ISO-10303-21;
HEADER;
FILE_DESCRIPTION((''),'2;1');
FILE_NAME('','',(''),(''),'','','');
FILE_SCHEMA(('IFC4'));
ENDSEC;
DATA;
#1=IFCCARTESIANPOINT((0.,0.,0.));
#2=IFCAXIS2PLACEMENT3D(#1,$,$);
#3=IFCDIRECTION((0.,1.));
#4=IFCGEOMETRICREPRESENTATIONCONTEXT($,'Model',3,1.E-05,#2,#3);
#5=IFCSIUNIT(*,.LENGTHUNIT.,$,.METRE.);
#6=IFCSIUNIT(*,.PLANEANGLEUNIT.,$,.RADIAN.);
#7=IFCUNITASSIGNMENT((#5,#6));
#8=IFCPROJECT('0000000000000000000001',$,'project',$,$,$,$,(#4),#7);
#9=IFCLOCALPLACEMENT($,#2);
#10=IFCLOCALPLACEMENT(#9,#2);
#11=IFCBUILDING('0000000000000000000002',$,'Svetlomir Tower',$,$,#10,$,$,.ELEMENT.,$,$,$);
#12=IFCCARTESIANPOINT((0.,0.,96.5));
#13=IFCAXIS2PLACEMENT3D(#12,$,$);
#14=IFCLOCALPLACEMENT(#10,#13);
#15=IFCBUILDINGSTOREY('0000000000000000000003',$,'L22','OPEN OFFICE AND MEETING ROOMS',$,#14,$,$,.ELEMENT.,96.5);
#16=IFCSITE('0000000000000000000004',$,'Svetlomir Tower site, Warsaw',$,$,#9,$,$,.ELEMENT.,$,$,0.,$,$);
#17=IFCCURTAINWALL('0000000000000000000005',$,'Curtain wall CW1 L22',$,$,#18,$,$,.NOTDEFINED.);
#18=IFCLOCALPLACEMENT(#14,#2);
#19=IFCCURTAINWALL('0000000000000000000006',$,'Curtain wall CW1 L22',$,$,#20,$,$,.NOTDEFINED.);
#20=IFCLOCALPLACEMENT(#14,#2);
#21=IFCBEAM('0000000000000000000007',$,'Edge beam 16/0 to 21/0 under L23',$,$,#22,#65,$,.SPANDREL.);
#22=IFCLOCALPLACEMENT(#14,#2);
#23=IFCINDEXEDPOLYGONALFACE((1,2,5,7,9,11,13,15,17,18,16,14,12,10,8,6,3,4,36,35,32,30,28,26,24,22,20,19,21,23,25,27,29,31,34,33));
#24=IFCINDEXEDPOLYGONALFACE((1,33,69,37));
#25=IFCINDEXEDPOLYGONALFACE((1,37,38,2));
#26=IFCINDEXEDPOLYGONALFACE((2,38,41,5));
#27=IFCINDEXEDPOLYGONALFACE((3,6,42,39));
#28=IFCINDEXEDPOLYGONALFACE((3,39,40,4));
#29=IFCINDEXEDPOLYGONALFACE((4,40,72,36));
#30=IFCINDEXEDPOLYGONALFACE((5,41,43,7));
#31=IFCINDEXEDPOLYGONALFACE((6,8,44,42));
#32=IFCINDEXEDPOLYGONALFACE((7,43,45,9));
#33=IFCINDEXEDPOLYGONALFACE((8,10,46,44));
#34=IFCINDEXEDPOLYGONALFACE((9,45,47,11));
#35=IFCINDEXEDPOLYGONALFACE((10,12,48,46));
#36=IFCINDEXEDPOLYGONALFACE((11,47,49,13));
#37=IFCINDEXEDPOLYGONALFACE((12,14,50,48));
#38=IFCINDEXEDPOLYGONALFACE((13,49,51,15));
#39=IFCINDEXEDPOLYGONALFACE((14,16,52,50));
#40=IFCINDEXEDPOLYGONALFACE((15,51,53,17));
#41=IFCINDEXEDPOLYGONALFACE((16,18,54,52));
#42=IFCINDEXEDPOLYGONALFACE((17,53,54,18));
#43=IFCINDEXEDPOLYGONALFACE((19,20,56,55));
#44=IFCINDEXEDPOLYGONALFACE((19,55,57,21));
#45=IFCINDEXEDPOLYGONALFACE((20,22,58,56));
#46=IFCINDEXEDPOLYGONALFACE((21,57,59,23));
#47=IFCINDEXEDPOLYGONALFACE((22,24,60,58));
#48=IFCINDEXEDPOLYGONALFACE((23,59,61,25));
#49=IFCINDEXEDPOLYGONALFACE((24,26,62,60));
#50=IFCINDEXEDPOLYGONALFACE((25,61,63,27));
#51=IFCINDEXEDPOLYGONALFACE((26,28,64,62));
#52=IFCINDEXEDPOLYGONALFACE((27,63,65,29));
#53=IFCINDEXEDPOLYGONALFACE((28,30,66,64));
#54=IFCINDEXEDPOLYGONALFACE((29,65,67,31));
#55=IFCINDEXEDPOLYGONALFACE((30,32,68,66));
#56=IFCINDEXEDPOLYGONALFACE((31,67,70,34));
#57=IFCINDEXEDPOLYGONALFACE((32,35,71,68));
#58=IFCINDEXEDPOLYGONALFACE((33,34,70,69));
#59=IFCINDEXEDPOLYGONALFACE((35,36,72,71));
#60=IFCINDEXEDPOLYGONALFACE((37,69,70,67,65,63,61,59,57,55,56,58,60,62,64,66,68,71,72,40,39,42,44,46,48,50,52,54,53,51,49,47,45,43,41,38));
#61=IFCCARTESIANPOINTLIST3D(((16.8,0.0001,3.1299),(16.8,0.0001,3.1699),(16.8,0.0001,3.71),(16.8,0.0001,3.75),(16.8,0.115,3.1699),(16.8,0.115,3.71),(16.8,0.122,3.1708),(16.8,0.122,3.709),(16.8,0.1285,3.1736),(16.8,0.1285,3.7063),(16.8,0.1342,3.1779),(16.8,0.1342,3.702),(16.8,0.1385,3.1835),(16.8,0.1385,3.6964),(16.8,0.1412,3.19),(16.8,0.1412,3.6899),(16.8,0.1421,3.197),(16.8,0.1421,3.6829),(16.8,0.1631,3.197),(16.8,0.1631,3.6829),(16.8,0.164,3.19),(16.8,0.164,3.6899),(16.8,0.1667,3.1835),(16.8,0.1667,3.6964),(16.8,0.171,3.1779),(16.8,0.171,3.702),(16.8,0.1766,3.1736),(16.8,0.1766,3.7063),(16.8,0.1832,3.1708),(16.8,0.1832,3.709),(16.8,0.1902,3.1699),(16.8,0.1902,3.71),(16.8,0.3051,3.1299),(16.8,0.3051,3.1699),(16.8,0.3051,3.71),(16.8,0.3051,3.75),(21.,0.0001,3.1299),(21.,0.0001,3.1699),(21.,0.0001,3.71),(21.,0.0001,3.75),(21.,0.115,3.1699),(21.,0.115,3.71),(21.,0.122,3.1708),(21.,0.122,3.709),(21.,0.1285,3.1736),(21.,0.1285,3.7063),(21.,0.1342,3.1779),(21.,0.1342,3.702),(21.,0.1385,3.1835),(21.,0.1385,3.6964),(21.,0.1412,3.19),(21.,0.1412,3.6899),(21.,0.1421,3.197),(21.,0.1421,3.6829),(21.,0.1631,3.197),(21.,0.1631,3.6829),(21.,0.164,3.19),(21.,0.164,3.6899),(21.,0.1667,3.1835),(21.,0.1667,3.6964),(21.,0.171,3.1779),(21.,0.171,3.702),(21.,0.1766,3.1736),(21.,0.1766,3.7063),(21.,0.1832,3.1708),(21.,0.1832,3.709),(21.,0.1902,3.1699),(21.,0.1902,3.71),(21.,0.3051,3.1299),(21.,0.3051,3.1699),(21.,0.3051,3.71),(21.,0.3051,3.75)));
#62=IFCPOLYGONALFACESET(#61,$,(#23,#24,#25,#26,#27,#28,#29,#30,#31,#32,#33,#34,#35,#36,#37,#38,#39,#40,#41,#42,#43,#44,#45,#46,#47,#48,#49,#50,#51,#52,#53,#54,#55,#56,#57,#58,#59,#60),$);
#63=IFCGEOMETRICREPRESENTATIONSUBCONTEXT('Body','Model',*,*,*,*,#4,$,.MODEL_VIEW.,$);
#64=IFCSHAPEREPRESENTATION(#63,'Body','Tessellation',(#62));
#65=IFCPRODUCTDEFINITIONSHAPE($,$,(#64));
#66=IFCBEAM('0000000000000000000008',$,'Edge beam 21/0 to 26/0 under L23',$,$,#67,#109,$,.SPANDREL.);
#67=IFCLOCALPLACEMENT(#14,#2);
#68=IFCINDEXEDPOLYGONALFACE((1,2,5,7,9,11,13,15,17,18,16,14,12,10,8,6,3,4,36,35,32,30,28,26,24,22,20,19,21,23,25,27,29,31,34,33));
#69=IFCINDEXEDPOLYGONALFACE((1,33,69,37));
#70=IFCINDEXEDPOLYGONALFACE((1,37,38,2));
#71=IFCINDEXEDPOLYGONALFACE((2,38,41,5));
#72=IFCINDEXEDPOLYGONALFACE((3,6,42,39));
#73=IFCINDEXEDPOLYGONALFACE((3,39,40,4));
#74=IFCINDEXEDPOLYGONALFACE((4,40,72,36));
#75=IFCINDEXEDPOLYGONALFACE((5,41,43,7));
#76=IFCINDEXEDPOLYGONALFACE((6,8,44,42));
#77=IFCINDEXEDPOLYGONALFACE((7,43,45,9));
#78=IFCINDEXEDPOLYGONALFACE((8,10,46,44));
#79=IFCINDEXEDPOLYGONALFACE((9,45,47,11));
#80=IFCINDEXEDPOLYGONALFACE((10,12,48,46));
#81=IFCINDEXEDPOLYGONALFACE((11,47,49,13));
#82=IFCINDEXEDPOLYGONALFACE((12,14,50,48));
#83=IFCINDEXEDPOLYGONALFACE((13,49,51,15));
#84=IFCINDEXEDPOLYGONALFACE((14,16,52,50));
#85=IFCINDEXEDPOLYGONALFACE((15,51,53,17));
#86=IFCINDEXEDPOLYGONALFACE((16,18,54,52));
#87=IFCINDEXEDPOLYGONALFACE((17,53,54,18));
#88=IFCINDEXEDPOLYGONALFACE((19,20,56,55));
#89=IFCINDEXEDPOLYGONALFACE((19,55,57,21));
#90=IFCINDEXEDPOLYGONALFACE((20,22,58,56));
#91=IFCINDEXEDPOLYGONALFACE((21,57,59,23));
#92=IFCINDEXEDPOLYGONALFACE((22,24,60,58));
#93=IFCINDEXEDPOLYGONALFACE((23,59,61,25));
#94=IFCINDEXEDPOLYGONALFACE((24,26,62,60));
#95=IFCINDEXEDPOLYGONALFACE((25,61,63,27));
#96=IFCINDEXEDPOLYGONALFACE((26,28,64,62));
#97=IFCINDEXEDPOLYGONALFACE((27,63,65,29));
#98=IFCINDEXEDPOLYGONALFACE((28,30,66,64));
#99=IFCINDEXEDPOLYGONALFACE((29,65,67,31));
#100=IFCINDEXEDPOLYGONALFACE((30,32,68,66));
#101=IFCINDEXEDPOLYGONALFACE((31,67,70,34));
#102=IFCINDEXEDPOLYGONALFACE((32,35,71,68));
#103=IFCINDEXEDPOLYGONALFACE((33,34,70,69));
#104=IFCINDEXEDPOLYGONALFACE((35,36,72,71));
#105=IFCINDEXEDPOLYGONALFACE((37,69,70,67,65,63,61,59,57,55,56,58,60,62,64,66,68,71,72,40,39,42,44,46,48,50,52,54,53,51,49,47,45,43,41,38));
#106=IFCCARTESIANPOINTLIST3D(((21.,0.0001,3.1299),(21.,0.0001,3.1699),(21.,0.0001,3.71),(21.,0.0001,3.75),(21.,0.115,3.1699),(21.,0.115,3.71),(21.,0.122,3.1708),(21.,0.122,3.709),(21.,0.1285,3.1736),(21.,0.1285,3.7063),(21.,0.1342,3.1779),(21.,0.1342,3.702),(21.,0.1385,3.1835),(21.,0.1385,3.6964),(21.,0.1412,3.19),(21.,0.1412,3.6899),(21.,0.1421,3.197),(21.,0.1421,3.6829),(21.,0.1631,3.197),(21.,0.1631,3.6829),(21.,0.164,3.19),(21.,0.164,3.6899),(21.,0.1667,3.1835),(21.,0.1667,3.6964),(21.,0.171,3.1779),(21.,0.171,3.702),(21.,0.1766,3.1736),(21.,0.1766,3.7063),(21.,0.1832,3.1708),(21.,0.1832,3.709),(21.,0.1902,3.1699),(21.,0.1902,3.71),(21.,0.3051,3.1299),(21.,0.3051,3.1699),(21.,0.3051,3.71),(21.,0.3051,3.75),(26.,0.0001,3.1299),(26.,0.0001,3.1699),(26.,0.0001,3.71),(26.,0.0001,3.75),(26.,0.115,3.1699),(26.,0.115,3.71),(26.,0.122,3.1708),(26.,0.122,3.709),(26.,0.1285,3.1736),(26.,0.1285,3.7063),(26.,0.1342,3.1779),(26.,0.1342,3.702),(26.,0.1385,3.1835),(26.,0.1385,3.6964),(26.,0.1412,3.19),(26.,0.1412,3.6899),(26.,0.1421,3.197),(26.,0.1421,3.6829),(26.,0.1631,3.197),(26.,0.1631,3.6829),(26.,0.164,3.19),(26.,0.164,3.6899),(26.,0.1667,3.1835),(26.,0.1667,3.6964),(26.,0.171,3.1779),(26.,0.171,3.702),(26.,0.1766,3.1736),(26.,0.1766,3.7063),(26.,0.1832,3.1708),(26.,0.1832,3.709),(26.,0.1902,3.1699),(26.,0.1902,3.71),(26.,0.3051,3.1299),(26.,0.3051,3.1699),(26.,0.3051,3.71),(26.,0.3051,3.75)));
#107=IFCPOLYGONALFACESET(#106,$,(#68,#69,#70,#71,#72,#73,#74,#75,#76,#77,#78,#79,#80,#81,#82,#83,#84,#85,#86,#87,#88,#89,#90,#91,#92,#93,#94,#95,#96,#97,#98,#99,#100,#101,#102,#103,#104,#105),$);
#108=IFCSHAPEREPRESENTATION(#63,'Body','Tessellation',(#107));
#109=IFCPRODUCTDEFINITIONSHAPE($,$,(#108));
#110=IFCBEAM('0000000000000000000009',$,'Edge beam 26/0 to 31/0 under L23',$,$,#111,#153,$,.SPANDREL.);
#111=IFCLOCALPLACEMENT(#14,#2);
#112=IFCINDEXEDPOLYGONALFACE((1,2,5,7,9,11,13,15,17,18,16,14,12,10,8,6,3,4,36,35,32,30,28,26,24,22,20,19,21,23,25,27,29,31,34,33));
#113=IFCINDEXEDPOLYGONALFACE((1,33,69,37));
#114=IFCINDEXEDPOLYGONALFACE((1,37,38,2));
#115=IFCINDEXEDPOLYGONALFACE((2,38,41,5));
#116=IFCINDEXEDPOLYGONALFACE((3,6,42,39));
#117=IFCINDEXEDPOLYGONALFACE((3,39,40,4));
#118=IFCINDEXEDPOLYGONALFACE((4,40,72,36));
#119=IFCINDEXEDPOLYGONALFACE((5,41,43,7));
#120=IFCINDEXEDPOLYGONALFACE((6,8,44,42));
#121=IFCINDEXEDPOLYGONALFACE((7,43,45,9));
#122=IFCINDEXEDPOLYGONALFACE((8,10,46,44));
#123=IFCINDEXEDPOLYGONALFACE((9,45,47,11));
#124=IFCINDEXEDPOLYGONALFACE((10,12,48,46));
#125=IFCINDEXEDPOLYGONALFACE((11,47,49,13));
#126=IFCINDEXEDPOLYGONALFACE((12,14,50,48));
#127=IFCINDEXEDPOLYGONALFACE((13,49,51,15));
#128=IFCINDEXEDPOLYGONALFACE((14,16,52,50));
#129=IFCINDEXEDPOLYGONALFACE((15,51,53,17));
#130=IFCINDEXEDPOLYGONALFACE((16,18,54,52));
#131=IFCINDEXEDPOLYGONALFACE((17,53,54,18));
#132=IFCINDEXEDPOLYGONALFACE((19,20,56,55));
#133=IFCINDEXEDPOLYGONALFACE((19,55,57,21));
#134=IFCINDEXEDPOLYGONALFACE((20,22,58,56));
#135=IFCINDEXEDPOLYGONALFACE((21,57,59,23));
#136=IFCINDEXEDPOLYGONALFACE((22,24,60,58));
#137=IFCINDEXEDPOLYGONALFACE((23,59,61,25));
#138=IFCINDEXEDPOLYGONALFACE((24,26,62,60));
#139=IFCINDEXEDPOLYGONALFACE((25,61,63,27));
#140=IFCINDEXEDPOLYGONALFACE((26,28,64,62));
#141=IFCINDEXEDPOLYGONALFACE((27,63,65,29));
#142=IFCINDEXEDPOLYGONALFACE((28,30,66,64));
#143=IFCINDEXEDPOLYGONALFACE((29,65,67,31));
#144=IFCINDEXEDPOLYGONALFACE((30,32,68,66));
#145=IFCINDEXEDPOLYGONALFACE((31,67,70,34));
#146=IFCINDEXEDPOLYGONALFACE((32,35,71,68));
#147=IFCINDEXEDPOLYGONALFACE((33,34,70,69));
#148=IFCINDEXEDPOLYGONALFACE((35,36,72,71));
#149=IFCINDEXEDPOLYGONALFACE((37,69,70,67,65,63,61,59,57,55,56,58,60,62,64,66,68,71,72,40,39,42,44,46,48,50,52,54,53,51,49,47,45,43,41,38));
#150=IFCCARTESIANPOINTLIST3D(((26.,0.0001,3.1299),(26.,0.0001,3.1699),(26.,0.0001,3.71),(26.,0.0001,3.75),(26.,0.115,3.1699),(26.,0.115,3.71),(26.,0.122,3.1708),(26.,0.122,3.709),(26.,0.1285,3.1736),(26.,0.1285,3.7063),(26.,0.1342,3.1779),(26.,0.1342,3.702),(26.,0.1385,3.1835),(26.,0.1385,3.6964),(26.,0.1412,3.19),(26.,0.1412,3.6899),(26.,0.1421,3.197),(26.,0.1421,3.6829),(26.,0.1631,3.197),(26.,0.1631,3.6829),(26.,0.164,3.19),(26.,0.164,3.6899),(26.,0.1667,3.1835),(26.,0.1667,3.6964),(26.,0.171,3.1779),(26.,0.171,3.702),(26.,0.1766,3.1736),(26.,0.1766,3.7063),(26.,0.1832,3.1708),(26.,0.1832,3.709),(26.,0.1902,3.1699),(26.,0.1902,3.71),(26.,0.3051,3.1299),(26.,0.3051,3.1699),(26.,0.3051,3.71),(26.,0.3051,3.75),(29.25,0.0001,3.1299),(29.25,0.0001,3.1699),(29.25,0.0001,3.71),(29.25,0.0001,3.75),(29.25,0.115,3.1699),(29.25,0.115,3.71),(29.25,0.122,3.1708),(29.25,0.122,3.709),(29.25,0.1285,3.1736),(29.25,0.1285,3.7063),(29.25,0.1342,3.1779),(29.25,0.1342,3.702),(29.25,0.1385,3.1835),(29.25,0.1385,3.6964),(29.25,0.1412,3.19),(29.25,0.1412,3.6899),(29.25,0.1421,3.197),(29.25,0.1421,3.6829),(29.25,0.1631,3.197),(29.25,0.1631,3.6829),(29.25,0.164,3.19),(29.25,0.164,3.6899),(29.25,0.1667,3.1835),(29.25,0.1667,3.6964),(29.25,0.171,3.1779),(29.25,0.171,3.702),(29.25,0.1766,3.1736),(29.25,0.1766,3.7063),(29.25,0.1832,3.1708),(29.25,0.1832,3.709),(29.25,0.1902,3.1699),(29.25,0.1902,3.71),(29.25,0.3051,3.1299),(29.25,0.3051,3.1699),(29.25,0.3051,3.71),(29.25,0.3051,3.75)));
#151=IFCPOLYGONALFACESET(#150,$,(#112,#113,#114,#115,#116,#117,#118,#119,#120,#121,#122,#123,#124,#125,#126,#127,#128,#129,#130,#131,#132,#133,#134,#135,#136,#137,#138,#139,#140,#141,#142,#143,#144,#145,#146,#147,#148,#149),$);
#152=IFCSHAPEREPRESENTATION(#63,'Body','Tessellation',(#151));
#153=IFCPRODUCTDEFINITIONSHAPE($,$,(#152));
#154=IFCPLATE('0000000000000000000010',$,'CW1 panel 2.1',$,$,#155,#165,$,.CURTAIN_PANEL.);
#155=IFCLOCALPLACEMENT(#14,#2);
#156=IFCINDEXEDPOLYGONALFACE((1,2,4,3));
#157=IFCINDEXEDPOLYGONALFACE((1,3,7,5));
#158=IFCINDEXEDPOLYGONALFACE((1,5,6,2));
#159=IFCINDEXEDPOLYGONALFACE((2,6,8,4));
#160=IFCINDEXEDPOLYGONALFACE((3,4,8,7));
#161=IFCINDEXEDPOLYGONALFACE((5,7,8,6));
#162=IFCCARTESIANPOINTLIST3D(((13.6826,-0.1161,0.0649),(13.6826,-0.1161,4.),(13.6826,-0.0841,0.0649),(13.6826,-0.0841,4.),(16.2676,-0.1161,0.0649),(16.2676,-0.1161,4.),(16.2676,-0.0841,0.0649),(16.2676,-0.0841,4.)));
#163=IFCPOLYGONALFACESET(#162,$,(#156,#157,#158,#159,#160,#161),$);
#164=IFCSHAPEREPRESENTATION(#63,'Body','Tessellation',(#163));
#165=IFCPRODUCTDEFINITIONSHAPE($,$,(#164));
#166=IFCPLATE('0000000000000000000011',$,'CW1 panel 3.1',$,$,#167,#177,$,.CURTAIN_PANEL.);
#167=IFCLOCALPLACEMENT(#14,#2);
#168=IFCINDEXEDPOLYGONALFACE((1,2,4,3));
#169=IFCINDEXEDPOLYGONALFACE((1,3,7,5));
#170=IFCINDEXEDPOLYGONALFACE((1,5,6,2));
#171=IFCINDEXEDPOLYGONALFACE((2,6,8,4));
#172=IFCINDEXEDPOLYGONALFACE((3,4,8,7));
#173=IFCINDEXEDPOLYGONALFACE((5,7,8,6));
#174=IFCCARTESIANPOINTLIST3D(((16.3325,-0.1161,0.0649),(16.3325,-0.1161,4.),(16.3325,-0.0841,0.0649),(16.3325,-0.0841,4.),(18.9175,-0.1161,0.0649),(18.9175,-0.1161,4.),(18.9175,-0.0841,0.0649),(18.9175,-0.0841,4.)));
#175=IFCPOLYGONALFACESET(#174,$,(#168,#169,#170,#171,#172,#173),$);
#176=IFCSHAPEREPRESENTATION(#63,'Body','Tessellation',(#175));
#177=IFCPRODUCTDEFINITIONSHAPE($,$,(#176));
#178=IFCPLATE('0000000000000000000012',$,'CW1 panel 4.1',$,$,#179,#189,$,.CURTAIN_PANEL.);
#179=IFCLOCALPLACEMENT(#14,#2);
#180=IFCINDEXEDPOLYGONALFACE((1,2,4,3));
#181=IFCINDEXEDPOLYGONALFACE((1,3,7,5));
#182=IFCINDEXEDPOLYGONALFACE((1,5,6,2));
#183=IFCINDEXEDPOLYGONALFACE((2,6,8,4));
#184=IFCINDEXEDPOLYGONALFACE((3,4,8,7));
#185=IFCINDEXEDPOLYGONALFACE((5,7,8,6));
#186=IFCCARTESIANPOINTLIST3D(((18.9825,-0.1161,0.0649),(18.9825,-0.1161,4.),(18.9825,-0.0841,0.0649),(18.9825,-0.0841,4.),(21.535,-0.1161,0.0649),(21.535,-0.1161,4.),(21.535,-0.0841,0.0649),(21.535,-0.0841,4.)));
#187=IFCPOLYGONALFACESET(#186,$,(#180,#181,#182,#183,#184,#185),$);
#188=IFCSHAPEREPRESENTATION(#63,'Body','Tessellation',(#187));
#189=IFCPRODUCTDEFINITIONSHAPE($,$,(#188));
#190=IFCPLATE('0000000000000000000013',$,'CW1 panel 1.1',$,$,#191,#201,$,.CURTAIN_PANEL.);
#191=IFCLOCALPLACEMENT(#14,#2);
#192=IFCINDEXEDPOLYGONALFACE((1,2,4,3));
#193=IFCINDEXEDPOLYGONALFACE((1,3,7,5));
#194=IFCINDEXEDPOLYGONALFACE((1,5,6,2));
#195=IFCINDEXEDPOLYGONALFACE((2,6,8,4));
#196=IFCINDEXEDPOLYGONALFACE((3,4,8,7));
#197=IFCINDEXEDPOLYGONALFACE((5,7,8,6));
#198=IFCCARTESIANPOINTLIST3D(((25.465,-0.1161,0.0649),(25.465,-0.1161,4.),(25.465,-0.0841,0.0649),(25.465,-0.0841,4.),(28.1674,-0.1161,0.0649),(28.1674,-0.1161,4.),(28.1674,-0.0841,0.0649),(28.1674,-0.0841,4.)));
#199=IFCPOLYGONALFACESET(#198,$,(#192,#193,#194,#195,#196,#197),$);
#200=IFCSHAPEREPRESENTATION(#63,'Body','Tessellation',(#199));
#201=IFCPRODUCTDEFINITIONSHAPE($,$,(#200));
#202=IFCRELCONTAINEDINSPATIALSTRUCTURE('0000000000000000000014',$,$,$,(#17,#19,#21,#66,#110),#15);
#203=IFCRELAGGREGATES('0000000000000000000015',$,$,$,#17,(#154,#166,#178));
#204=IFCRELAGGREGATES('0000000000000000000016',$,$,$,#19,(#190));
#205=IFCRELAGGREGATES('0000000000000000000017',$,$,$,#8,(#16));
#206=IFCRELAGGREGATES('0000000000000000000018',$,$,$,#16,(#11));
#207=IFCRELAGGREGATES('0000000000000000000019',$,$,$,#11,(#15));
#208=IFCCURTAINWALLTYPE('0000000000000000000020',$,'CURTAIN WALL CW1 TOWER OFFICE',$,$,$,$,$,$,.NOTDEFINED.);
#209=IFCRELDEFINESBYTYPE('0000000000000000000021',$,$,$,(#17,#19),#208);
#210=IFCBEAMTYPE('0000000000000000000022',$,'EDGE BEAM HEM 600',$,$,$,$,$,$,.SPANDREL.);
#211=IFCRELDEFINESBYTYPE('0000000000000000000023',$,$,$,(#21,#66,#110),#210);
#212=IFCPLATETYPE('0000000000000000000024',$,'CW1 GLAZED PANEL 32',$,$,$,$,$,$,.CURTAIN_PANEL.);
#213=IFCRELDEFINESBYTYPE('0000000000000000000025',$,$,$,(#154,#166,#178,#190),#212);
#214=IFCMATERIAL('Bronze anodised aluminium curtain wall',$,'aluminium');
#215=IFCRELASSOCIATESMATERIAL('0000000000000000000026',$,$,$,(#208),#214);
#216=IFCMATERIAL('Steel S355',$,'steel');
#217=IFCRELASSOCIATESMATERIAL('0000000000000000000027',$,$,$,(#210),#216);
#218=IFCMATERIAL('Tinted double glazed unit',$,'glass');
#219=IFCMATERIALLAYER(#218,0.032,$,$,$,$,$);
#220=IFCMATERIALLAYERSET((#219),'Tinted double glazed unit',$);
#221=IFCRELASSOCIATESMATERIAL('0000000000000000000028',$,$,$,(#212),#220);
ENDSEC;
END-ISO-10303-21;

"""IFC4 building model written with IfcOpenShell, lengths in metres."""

from ifc_helpers import new_model, si_unit, direction, frame, origin, origin_2d, place, context, subcontext, project, spatial, rectangle, i_section, extrude, material, layer, layer_set, material_profile, profile_set, type_object, element, aggregate, save


model = new_model("IFC4")

# Units and contexts
model_context = context("Model", 3, precision=1e-05, world=origin(), true_north=direction((0.0, 1.0)))
body_context = subcontext(model_context, "Body", "Model", "MODEL_VIEW")
ifc_project = project(units=[si_unit("LENGTHUNIT", "METRE"), si_unit("PLANEANGLEUNIT", "RADIAN")], contexts=[model_context])

# Site, building, storey
site_placement = place(None, origin())
site = spatial("IfcSite", under=ifc_project, at=site_placement, Name="Svetlomir Tower site, Warsaw", CompositionType="ELEMENT", RefElevation=0.0)
building_placement = place(site_placement, origin())
building = spatial("IfcBuilding", under=site, at=building_placement, Name="Svetlomir Tower", CompositionType="ELEMENT")
storey_placement = place(building_placement, frame((0.0, 0.0, 96.5)))
storey = spatial("IfcBuildingStorey", under=building, at=storey_placement, Name="L22", Description="OPEN OFFICE AND MEETING ROOMS", CompositionType="ELEMENT", Elevation=96.5)

# Curtain walls
ifc_material_1 = material(Name="Bronze anodised aluminium curtain wall", Category="aluminium")
curtain_wall_type = type_object("IfcCurtainWallType", Name="CURTAIN WALL CW1 TOWER OFFICE", PredefinedType="NOTDEFINED", material=ifc_material_1)
curtain_wall_1_placement = place(storey_placement, origin())
curtain_wall_1 = element("IfcCurtainWall", 1, at=curtain_wall_1_placement, inside=storey, type_object=curtain_wall_type, Name="Curtain wall CW1 L22", PredefinedType="NOTDEFINED")
curtain_wall_2_placement = place(storey_placement, origin())
curtain_wall_2 = element("IfcCurtainWall", 2, at=curtain_wall_2_placement, inside=storey, type_object=curtain_wall_type, Name="Curtain wall CW1 L22", PredefinedType="NOTDEFINED")

# Beams
ifc_material_2 = material(Name="Steel S355", Category="steel")
ifc_material_profile_1 = material_profile(ifc_material_2, i_section(OverallWidth=0.3049, OverallDepth=0.6201, WebThickness=0.021, FlangeThickness=0.04, FilletRadius=0.0271, at=origin_2d()), Name="HEM 600")
ifc_profile_set_1 = profile_set([ifc_material_profile_1], Name="Steel S355")
beam_type_1 = type_object("IfcBeamType", Name="EDGE BEAM HEM 600", PredefinedType="SPANDREL", material=ifc_profile_set_1)
beam_1_placement = place(storey_placement, frame((16.8, 0.1526, 3.4399), z_axis=(1.0, 0.0, 0.0), x_axis=(0.0, 1.0, 0.0)))
element("IfcBeam", 3, at=beam_1_placement, inside=storey, type_object=beam_type_1, Name="Edge beam 16/0 to 21/0 under L23", PredefinedType="SPANDREL", context=body_context, shape_type="SweptSolid", body=[
    extrude(i_section(OverallWidth=0.3049, OverallDepth=0.6201, WebThickness=0.021, FlangeThickness=0.04, FilletRadius=0.0271, at=origin_2d()), origin(), (0.0, 0.0, 1.0), 4.2),
])
beam_2_placement = place(storey_placement, frame((21.0, 0.1526, 3.4399), z_axis=(1.0, 0.0, 0.0), x_axis=(0.0, 1.0, 0.0)))
element("IfcBeam", 4, at=beam_2_placement, inside=storey, type_object=beam_type_1, Name="Edge beam 21/0 to 26/0 under L23", PredefinedType="SPANDREL", context=body_context, shape_type="SweptSolid", body=[
    extrude(i_section(OverallWidth=0.3049, OverallDepth=0.6201, WebThickness=0.021, FlangeThickness=0.04, FilletRadius=0.0271, at=origin_2d()), origin(), (0.0, 0.0, 1.0), 5.0),
])
beam_3_placement = place(storey_placement, frame((26.0, 0.1526, 3.4399), z_axis=(1.0, 0.0, 0.0), x_axis=(0.0, 1.0, 0.0)))
element("IfcBeam", 5, at=beam_3_placement, inside=storey, type_object=beam_type_1, Name="Edge beam 26/0 to 31/0 under L23", PredefinedType="SPANDREL", context=body_context, shape_type="SweptSolid", body=[
    extrude(i_section(OverallWidth=0.3049, OverallDepth=0.6201, WebThickness=0.021, FlangeThickness=0.04, FilletRadius=0.0271, at=origin_2d()), origin(), (0.0, 0.0, 1.0), 3.25),
])

# Plates
ifc_material_3 = material(Name="Tinted double glazed unit", Category="glass")
ifc_layer_1 = layer(ifc_material_3, 0.032)
ifc_layer_set_1 = layer_set([ifc_layer_1], Name="Tinted double glazed unit")
plate_type = type_object("IfcPlateType", Name="CW1 GLAZED PANEL 32", PredefinedType="CURTAIN_PANEL", material=ifc_layer_set_1)
plate_1_placement = place(storey_placement, frame((14.9751, -0.1001, 0.0649), z_axis=(0.0, 0.0, 1.0), x_axis=(1.0, 0.0, 0.0)))
plate_1 = element("IfcPlate", 6, at=plate_1_placement, type_object=plate_type, Name="CW1 panel 2.1", PredefinedType="CURTAIN_PANEL", context=body_context, shape_type="SweptSolid", body=[
    extrude(rectangle(XDim=2.585, YDim=0.032, at=origin_2d()), origin(), (0.0, 0.0, 1.0), 3.9351),
])
plate_2_placement = place(storey_placement, frame((17.625, -0.1001, 0.0649), z_axis=(0.0, 0.0, 1.0), x_axis=(1.0, 0.0, 0.0)))
plate_2 = element("IfcPlate", 7, at=plate_2_placement, type_object=plate_type, Name="CW1 panel 3.1", PredefinedType="CURTAIN_PANEL", context=body_context, shape_type="SweptSolid", body=[
    extrude(rectangle(XDim=2.585, YDim=0.032, at=origin_2d()), origin(), (0.0, 0.0, 1.0), 3.9351),
])
plate_3_placement = place(storey_placement, frame((20.2588, -0.1001, 0.0649), z_axis=(0.0, 0.0, 1.0), x_axis=(1.0, 0.0, 0.0)))
plate_3 = element("IfcPlate", 8, at=plate_3_placement, type_object=plate_type, Name="CW1 panel 4.1", PredefinedType="CURTAIN_PANEL", context=body_context, shape_type="SweptSolid", body=[
    extrude(rectangle(XDim=2.5525, YDim=0.032, at=origin_2d()), origin(), (0.0, 0.0, 1.0), 3.9351),
])
aggregate(curtain_wall_1, [plate_1, plate_2, plate_3])
plate_4_placement = place(storey_placement, frame((26.8162, -0.1001, 0.0649), z_axis=(0.0, 0.0, 1.0), x_axis=(1.0, 0.0, 0.0)))
plate_4 = element("IfcPlate", 9, at=plate_4_placement, type_object=plate_type, Name="CW1 panel 1.1", PredefinedType="CURTAIN_PANEL", context=body_context, shape_type="SweptSolid", body=[
    extrude(rectangle(XDim=2.7024, YDim=0.032, at=origin_2d()), origin(), (0.0, 0.0, 1.0), 3.9351),
])
aggregate(curtain_wall_2, [plate_4])

save(model, "model.ifc")
